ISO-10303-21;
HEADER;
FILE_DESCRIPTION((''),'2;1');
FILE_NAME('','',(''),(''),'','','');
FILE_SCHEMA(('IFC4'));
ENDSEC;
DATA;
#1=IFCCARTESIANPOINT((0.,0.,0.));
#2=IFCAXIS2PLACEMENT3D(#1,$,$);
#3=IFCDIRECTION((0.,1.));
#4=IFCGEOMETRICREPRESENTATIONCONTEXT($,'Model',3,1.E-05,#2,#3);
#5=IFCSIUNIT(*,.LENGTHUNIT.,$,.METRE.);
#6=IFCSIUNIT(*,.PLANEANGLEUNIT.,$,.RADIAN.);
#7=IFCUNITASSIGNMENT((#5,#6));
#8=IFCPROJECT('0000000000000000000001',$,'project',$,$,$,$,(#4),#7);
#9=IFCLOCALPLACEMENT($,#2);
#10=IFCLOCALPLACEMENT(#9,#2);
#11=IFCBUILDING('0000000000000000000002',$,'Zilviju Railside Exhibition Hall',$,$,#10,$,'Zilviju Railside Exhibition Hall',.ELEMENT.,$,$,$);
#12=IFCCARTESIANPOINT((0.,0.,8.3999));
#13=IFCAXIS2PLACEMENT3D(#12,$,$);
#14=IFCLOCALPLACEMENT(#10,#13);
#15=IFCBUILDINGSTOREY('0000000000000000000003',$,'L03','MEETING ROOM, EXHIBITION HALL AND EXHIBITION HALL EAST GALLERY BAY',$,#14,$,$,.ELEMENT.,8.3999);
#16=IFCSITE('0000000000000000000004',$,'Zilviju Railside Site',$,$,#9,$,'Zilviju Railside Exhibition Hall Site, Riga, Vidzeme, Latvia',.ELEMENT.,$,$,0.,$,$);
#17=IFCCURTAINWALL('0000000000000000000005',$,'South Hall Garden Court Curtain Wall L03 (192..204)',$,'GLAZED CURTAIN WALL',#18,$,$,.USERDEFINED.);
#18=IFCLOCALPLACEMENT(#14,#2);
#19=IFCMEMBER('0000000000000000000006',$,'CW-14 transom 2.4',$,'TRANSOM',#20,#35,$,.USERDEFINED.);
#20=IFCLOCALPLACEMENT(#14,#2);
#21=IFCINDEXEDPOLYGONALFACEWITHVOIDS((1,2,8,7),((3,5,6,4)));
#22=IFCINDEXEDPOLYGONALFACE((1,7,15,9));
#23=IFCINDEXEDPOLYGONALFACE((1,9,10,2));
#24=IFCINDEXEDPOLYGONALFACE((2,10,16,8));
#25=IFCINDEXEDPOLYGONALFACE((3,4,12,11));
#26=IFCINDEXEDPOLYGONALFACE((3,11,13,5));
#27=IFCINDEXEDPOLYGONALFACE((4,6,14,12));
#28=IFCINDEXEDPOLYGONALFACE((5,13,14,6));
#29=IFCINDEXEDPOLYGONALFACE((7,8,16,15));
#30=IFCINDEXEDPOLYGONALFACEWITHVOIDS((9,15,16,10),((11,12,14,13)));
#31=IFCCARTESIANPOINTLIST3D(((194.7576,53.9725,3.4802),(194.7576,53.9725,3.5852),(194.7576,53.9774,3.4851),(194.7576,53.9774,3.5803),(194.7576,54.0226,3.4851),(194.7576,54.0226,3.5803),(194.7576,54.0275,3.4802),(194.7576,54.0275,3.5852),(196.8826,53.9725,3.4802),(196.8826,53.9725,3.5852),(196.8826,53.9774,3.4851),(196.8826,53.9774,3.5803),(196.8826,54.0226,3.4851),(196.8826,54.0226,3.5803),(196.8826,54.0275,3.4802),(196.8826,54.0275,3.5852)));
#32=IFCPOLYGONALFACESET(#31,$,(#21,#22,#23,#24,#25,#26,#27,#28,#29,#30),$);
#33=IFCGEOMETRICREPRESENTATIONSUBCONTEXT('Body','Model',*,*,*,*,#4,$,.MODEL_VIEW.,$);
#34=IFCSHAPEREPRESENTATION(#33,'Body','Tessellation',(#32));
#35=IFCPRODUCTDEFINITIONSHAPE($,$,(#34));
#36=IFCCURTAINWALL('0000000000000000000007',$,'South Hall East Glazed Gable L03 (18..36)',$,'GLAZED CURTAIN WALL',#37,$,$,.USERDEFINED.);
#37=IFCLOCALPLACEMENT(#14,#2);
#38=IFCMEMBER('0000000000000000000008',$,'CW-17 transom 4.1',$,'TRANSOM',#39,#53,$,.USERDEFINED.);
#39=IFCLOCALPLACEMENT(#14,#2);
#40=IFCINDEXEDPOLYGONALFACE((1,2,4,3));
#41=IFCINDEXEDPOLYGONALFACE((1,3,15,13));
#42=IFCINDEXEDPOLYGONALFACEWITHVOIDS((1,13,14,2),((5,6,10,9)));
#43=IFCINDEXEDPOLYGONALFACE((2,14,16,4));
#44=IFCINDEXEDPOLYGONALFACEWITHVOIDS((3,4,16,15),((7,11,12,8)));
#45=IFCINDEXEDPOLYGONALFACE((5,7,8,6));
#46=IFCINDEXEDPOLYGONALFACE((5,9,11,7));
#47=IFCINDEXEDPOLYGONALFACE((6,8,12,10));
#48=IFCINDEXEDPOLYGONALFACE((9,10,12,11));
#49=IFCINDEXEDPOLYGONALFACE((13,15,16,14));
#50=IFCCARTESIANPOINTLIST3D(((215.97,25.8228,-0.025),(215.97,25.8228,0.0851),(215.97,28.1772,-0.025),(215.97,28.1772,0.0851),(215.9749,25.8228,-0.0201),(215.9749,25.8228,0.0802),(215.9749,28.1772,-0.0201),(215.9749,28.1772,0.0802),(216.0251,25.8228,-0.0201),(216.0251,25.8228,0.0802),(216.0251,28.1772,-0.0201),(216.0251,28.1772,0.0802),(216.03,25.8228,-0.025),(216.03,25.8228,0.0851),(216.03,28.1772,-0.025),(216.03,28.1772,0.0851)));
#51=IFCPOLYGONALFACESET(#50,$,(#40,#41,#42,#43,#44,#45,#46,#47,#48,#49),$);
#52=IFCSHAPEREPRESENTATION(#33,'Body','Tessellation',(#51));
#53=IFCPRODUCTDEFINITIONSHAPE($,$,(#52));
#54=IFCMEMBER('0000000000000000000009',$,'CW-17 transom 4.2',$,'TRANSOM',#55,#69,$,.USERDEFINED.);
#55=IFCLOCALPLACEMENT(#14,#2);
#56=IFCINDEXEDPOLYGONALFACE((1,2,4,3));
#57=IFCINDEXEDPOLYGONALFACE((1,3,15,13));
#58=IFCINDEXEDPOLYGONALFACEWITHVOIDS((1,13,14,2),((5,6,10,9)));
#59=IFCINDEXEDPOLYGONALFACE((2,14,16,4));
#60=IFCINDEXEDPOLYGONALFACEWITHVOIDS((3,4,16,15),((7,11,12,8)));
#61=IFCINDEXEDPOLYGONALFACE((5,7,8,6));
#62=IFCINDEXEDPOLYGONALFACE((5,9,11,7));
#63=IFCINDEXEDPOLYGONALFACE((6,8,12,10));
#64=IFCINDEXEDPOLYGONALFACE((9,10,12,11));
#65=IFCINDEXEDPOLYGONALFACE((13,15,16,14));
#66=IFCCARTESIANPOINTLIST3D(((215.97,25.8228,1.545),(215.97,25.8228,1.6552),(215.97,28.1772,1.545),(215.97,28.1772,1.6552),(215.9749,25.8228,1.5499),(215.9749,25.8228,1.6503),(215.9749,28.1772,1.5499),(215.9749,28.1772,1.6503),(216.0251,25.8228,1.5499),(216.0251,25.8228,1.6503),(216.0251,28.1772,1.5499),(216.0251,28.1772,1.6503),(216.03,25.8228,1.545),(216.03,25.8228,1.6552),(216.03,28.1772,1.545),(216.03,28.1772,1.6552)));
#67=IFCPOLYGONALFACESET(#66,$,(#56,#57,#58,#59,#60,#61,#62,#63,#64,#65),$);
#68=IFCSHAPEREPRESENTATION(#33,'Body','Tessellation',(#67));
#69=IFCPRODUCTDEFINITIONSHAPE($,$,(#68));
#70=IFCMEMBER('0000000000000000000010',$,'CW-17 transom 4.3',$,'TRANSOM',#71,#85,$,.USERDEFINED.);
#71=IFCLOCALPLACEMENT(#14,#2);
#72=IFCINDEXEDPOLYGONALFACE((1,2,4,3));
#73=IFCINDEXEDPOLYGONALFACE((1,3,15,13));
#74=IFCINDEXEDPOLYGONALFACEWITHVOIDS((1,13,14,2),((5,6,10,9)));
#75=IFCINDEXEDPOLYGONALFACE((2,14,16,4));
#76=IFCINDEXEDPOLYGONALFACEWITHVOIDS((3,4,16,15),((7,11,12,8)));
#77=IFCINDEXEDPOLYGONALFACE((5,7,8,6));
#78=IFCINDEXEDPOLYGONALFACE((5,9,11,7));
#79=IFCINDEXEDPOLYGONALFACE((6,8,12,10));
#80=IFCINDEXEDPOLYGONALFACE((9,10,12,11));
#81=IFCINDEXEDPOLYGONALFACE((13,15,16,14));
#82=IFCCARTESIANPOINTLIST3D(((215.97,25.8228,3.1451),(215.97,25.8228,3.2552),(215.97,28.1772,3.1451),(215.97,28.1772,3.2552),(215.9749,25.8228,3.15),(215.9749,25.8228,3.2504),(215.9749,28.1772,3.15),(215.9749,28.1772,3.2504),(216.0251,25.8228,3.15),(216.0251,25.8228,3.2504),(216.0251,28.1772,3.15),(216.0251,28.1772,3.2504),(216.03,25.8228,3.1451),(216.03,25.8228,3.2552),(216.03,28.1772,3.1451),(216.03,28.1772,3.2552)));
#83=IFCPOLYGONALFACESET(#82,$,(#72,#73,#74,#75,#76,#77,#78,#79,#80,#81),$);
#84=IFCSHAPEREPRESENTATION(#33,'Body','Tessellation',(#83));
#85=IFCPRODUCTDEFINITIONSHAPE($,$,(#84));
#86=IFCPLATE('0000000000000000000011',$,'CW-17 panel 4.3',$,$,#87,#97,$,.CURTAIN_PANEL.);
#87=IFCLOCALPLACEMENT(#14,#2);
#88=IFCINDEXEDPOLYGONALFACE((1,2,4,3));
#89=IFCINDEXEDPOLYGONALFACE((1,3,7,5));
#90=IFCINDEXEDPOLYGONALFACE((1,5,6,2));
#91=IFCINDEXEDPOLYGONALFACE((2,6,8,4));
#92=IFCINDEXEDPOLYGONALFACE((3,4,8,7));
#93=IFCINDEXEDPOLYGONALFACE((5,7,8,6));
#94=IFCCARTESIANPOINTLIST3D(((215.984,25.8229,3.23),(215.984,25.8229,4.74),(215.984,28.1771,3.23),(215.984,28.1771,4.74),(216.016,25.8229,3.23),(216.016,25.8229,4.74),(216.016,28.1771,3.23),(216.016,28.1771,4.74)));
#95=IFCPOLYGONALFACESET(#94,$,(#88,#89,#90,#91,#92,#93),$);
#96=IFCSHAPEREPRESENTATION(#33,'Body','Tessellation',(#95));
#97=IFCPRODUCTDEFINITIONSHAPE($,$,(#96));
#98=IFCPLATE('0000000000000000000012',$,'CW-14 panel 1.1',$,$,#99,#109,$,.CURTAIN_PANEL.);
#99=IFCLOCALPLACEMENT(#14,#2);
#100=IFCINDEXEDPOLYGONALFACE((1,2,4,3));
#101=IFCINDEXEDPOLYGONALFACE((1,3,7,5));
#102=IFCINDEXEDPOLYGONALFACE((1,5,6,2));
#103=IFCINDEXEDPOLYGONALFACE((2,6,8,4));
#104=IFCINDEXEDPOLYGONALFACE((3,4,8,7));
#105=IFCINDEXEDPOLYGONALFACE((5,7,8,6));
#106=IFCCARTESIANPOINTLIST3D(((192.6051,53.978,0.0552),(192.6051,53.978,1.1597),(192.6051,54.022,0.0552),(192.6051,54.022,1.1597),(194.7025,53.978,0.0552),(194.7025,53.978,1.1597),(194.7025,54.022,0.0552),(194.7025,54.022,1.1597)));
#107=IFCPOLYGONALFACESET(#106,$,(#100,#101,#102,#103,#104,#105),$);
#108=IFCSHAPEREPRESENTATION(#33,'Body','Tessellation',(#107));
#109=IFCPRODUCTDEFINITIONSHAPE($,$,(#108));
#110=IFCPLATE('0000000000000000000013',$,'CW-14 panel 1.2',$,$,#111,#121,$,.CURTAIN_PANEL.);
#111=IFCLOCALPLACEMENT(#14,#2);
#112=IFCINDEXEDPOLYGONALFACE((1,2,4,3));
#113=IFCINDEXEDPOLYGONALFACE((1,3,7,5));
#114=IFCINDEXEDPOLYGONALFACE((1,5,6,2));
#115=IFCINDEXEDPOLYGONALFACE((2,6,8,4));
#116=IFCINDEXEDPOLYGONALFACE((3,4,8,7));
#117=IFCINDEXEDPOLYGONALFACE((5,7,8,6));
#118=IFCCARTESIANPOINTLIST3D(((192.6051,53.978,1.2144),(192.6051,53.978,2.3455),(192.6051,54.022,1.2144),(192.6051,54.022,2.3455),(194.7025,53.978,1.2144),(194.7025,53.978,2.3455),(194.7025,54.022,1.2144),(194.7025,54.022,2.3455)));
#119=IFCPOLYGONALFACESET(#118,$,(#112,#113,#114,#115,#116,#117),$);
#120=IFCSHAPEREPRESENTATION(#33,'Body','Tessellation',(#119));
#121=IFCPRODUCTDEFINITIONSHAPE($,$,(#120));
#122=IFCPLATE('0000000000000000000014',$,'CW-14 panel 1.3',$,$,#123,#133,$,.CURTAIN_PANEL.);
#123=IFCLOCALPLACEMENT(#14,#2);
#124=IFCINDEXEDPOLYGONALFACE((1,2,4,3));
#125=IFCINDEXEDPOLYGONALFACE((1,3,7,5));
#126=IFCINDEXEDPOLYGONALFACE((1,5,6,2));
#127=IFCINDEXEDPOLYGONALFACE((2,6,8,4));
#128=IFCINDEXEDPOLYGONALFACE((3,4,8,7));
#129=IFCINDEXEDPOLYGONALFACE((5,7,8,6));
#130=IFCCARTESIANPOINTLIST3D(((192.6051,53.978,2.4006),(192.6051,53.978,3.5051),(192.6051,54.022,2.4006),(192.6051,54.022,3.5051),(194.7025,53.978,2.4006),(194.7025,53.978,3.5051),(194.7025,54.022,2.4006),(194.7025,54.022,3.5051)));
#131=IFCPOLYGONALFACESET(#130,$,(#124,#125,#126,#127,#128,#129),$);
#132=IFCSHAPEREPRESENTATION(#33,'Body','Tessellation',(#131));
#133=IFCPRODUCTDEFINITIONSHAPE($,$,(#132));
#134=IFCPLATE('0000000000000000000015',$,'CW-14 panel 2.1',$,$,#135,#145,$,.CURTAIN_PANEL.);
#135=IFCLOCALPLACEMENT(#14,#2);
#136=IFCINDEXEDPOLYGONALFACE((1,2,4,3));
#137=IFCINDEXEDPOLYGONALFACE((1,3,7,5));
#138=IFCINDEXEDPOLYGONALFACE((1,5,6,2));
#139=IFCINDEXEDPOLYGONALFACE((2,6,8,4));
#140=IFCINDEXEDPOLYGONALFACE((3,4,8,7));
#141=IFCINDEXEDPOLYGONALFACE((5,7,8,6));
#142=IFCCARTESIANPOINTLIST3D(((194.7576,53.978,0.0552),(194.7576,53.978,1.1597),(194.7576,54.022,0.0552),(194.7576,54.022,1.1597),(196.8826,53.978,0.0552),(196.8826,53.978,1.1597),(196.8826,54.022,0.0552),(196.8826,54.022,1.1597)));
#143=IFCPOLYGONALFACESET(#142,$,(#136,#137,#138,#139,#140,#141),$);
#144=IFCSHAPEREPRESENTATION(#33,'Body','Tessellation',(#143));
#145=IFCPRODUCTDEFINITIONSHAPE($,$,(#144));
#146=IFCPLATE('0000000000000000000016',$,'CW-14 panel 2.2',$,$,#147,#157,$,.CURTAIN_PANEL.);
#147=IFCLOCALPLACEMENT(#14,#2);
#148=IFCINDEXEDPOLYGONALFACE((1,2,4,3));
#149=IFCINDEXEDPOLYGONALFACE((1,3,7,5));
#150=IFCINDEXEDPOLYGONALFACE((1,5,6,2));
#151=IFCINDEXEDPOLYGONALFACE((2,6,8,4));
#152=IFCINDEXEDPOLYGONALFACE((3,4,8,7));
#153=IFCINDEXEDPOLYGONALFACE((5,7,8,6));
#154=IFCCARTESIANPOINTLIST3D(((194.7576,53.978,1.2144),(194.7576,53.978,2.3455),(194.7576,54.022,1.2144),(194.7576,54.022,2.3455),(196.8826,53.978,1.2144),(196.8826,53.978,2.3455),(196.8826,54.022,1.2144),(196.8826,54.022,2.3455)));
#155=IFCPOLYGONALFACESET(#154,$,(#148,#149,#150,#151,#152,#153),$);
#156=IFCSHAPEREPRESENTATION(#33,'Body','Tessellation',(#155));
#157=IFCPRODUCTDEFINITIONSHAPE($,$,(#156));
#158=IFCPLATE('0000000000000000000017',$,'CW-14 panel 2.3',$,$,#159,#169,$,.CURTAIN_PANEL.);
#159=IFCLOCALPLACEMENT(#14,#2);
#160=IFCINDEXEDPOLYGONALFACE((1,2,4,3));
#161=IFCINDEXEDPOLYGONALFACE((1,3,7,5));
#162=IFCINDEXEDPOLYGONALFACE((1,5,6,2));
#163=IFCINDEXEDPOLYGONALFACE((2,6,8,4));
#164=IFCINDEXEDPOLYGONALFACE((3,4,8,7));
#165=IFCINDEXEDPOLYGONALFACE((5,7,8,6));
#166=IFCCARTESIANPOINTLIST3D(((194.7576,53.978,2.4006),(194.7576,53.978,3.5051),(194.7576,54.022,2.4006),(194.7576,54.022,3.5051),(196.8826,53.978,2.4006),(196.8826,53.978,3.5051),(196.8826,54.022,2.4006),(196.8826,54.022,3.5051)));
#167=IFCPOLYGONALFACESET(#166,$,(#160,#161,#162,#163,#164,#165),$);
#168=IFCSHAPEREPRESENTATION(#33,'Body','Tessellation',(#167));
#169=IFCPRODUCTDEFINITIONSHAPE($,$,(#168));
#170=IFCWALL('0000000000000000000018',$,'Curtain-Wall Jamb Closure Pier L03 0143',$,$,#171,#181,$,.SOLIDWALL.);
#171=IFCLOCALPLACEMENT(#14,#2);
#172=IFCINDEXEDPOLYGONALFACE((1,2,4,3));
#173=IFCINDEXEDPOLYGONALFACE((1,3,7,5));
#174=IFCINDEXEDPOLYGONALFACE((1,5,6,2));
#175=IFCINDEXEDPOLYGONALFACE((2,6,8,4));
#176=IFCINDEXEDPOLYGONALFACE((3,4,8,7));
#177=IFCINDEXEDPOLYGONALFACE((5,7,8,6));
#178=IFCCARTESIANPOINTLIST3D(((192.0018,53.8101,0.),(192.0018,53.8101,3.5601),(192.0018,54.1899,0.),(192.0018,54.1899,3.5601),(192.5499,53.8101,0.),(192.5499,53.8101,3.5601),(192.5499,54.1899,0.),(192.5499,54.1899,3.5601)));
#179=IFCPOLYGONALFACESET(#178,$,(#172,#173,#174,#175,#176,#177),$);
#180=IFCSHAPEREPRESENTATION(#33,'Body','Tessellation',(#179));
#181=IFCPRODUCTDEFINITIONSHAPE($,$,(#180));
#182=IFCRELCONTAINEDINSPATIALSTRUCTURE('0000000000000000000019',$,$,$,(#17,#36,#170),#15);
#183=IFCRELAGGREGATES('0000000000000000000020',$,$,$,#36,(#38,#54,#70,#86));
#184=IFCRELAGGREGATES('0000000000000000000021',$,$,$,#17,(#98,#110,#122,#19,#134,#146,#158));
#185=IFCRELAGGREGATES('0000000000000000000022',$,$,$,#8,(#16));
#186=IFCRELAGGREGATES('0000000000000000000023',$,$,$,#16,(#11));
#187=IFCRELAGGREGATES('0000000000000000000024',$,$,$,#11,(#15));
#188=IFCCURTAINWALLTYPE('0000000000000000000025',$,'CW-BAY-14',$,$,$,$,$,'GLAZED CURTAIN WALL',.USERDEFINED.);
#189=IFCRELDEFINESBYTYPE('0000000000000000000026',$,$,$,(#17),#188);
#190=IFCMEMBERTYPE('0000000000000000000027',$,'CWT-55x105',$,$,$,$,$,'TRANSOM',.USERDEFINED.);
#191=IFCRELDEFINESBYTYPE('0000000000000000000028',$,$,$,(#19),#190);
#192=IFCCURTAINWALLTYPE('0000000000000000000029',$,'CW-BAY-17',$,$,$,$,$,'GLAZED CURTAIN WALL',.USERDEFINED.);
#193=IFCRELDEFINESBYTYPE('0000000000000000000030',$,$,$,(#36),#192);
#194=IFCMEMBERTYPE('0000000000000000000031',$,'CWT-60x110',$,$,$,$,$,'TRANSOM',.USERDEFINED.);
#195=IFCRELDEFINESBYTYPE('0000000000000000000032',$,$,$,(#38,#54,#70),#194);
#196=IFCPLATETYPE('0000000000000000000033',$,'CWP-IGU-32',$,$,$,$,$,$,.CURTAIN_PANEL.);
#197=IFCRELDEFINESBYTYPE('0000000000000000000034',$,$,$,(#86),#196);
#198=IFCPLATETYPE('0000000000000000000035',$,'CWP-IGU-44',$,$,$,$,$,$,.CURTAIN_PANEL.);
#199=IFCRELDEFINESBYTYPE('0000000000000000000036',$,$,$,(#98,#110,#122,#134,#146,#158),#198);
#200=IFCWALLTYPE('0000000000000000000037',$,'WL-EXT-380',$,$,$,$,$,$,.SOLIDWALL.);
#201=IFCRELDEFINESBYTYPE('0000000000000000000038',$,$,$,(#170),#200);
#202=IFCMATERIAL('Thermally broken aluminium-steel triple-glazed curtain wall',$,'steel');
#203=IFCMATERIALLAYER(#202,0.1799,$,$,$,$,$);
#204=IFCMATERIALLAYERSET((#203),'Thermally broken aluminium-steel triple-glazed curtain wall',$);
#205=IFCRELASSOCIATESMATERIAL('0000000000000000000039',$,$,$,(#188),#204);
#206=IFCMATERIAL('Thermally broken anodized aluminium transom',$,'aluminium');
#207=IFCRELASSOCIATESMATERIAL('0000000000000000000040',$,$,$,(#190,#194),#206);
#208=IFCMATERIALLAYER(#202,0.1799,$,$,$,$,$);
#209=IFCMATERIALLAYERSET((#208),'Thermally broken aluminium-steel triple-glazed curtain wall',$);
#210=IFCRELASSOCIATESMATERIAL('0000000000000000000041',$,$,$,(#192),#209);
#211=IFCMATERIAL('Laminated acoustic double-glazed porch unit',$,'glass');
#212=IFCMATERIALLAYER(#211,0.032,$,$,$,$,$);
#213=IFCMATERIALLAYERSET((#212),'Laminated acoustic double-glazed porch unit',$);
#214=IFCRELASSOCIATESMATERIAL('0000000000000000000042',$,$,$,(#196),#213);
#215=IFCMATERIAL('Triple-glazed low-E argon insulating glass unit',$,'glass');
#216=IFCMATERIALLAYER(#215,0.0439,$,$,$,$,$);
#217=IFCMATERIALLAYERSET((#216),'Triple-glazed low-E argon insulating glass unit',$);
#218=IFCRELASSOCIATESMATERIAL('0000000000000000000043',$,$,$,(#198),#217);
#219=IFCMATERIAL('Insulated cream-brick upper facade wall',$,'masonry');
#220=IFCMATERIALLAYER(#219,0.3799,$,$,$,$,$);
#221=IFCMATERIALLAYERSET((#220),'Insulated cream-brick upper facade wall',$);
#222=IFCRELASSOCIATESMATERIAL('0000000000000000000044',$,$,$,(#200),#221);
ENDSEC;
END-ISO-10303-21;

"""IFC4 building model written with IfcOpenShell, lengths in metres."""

from ifc_helpers import new_model, si_unit, direction, frame, frame_2d, origin, origin_2d, place, context, subcontext, project, spatial, rectangle, hollow_rectangle, extrude, material, layer, layer_set, material_profile, profile_set, type_object, element, aggregate, save


model = new_model("IFC4")

# Units and contexts
model_context = context("Model", 3, precision=1e-05, world=origin(), true_north=direction((0.0, 1.0)))
body_context = subcontext(model_context, "Body", "Model", "MODEL_VIEW")
ifc_project = project(units=[si_unit("LENGTHUNIT", "METRE"), si_unit("PLANEANGLEUNIT", "RADIAN")], contexts=[model_context])

# Site, building, storey
site_placement = place(None, origin())
site = spatial("IfcSite", under=ifc_project, at=site_placement, Name="Zilviju Railside Site", LongName="Zilviju Railside Exhibition Hall Site, Riga, Vidzeme, Latvia", CompositionType="ELEMENT", RefElevation=0.0)
building_placement = place(site_placement, origin())
building = spatial("IfcBuilding", under=site, at=building_placement, Name="Zilviju Railside Exhibition Hall", LongName="Zilviju Railside Exhibition Hall", CompositionType="ELEMENT")
storey_placement = place(building_placement, frame((0.0, 0.0, 8.3999)))
storey = spatial("IfcBuildingStorey", under=building, at=storey_placement, Name="L03", Description="MEETING ROOM, EXHIBITION HALL AND EXHIBITION HALL EAST GALLERY BAY", CompositionType="ELEMENT", Elevation=8.3999)

# Curtain wall, member
ifc_material_1 = material(Name="Thermally broken aluminium-steel triple-glazed curtain wall", Category="steel")
ifc_layer_1 = layer(ifc_material_1, 0.1799)
ifc_layer_set_1 = layer_set([ifc_layer_1], Name="Thermally broken aluminium-steel triple-glazed curtain wall")
curtain_wall_type_1 = type_object("IfcCurtainWallType", Name="CW-BAY-14", ElementType="GLAZED CURTAIN WALL", PredefinedType="USERDEFINED", material=ifc_layer_set_1)
curtain_wall_1_placement = place(storey_placement, origin())
curtain_wall_1 = element("IfcCurtainWall", 1, at=curtain_wall_1_placement, inside=storey, type_object=curtain_wall_type_1, Name="South Hall Garden Court Curtain Wall L03 (192..204)", ObjectType="GLAZED CURTAIN WALL", PredefinedType="USERDEFINED")
ifc_material_2 = material(Name="Thermally broken anodized aluminium transom", Category="aluminium")
ifc_material_profile_1 = material_profile(ifc_material_2, hollow_rectangle(XDim=0.0549, YDim=0.105, WallThickness=0.0049, at=origin_2d()), Name="TRANSOM 105x55x5")
ifc_profile_set_1 = profile_set([ifc_material_profile_1], Name="Thermally broken anodized aluminium transom")
member_type_1 = type_object("IfcMemberType", Name="CWT-55x105", ElementType="TRANSOM", PredefinedType="USERDEFINED", material=ifc_profile_set_1)
member_1_placement = place(storey_placement, frame((194.7576, 54.0, 3.5327), z_axis=(1.0, 0.0, 0.0), x_axis=(0.0, 1.0, 0.0)))
member_1 = element("IfcMember", 2, at=member_1_placement, type_object=member_type_1, Name="CW-14 transom 2.4", ObjectType="TRANSOM", PredefinedType="USERDEFINED", context=body_context, shape_type="SweptSolid", body=[
    extrude(hollow_rectangle(XDim=0.0549, YDim=0.105, WallThickness=0.0049, at=origin_2d()), origin(), (0.0, 0.0, 1.0), 2.125),
])

# Curtain wall, members, plate
ifc_layer_2 = layer(ifc_material_1, 0.1799)
ifc_layer_set_2 = layer_set([ifc_layer_2], Name="Thermally broken aluminium-steel triple-glazed curtain wall")
curtain_wall_type_2 = type_object("IfcCurtainWallType", Name="CW-BAY-17", ElementType="GLAZED CURTAIN WALL", PredefinedType="USERDEFINED", material=ifc_layer_set_2)
curtain_wall_2_placement = place(storey_placement, origin())
curtain_wall_2 = element("IfcCurtainWall", 3, at=curtain_wall_2_placement, inside=storey, type_object=curtain_wall_type_2, Name="South Hall East Glazed Gable L03 (18..36)", ObjectType="GLAZED CURTAIN WALL", PredefinedType="USERDEFINED")
ifc_material_profile_2 = material_profile(ifc_material_2, hollow_rectangle(XDim=0.0601, YDim=0.1101, WallThickness=0.0049, at=origin_2d()), Name="TRANSOM 110x60x5")
ifc_profile_set_2 = profile_set([ifc_material_profile_2], Name="Thermally broken anodized aluminium transom")
member_type_2 = type_object("IfcMemberType", Name="CWT-60x110", ElementType="TRANSOM", PredefinedType="USERDEFINED", material=ifc_profile_set_2)
member_2_placement = place(storey_placement, frame((216.0, 28.1772, 0.03), z_axis=(0.0, -1.0, 0.0), x_axis=(1.0, 0.0, 0.0)))
member_2 = element("IfcMember", 4, at=member_2_placement, type_object=member_type_2, Name="CW-17 transom 4.1", ObjectType="TRANSOM", PredefinedType="USERDEFINED", context=body_context, shape_type="SweptSolid", body=[
    extrude(hollow_rectangle(XDim=0.0601, YDim=0.1101, WallThickness=0.0049, at=origin_2d()), origin(), (0.0, 0.0, 1.0), 2.3545),
])
member_3_placement = place(storey_placement, frame((216.0, 28.1772, 1.6001), z_axis=(0.0, -1.0, 0.0), x_axis=(1.0, 0.0, 0.0)))
member_3 = element("IfcMember", 5, at=member_3_placement, type_object=member_type_2, Name="CW-17 transom 4.2", ObjectType="TRANSOM", PredefinedType="USERDEFINED", context=body_context, shape_type="SweptSolid", body=[
    extrude(hollow_rectangle(XDim=0.0601, YDim=0.1101, WallThickness=0.0049, at=origin_2d()), origin(), (0.0, 0.0, 1.0), 2.3545),
])
member_4_placement = place(storey_placement, frame((216.0, 28.1772, 3.2002), z_axis=(0.0, -1.0, 0.0), x_axis=(1.0, 0.0, 0.0)))
member_4 = element("IfcMember", 6, at=member_4_placement, type_object=member_type_2, Name="CW-17 transom 4.3", ObjectType="TRANSOM", PredefinedType="USERDEFINED", context=body_context, shape_type="SweptSolid", body=[
    extrude(hollow_rectangle(XDim=0.0601, YDim=0.1101, WallThickness=0.0049, at=origin_2d()), origin(), (0.0, 0.0, 1.0), 2.3545),
])
ifc_material_3 = material(Name="Laminated acoustic double-glazed porch unit", Category="glass")
ifc_layer_3 = layer(ifc_material_3, 0.032)
ifc_layer_set_3 = layer_set([ifc_layer_3], Name="Laminated acoustic double-glazed porch unit")
plate_type_1 = type_object("IfcPlateType", Name="CWP-IGU-32", PredefinedType="CURTAIN_PANEL", material=ifc_layer_set_3)
plate_1_placement = place(storey_placement, frame((216.0, 27.0, 3.23), z_axis=(0.0, 0.0, 1.0), x_axis=(0.0, -1.0, 0.0)))
plate_1 = element("IfcPlate", 7, at=plate_1_placement, type_object=plate_type_1, Name="CW-17 panel 4.3", PredefinedType="CURTAIN_PANEL", context=body_context, shape_type="SweptSolid", body=[
    extrude(rectangle(XDim=2.3542, YDim=0.032, at=origin_2d()), origin(), (0.0, 0.0, 1.0), 1.51),
])
aggregate(curtain_wall_2, [member_2, member_3, member_4, plate_1])

# Plates
ifc_material_4 = material(Name="Triple-glazed low-E argon insulating glass unit", Category="glass")
ifc_layer_4 = layer(ifc_material_4, 0.0439)
ifc_layer_set_4 = layer_set([ifc_layer_4], Name="Triple-glazed low-E argon insulating glass unit")
plate_type_2 = type_object("IfcPlateType", Name="CWP-IGU-44", PredefinedType="CURTAIN_PANEL", material=ifc_layer_set_4)
plate_2_placement = place(storey_placement, frame((193.6538, 54.0, 0.0552), z_axis=(0.0, 0.0, 1.0), x_axis=(1.0, 0.0, 0.0)))
plate_2 = element("IfcPlate", 8, at=plate_2_placement, type_object=plate_type_2, Name="CW-14 panel 1.1", PredefinedType="CURTAIN_PANEL", context=body_context, shape_type="SweptSolid", body=[
    extrude(rectangle(XDim=2.0974, YDim=0.0439, at=origin_2d()), origin(), (0.0, 0.0, 1.0), 1.1045),
])
plate_3_placement = place(storey_placement, frame((193.6538, 54.0, 1.2144), z_axis=(0.0, 0.0, 1.0), x_axis=(1.0, 0.0, 0.0)))
plate_3 = element("IfcPlate", 9, at=plate_3_placement, type_object=plate_type_2, Name="CW-14 panel 1.2", PredefinedType="CURTAIN_PANEL", context=body_context, shape_type="SweptSolid", body=[
    extrude(rectangle(XDim=2.0974, YDim=0.0439, at=origin_2d()), origin(), (0.0, 0.0, 1.0), 1.1311),
])
plate_4_placement = place(storey_placement, frame((193.6538, 54.0, 2.4006), z_axis=(0.0, 0.0, 1.0), x_axis=(1.0, 0.0, 0.0)))
plate_4 = element("IfcPlate", 10, at=plate_4_placement, type_object=plate_type_2, Name="CW-14 panel 1.3", PredefinedType="CURTAIN_PANEL", context=body_context, shape_type="SweptSolid", body=[
    extrude(rectangle(XDim=2.0974, YDim=0.0439, at=origin_2d()), origin(), (0.0, 0.0, 1.0), 1.1045),
])
plate_5_placement = place(storey_placement, frame((195.8201, 54.0, 0.0552), z_axis=(0.0, 0.0, 1.0), x_axis=(1.0, 0.0, 0.0)))
plate_5 = element("IfcPlate", 11, at=plate_5_placement, type_object=plate_type_2, Name="CW-14 panel 2.1", PredefinedType="CURTAIN_PANEL", context=body_context, shape_type="SweptSolid", body=[
    extrude(rectangle(XDim=2.125, YDim=0.0439, at=origin_2d()), origin(), (0.0, 0.0, 1.0), 1.1045),
])
plate_6_placement = place(storey_placement, frame((195.8201, 54.0, 1.2144), z_axis=(0.0, 0.0, 1.0), x_axis=(1.0, 0.0, 0.0)))
plate_6 = element("IfcPlate", 12, at=plate_6_placement, type_object=plate_type_2, Name="CW-14 panel 2.2", PredefinedType="CURTAIN_PANEL", context=body_context, shape_type="SweptSolid", body=[
    extrude(rectangle(XDim=2.125, YDim=0.0439, at=origin_2d()), origin(), (0.0, 0.0, 1.0), 1.1311),
])
plate_7_placement = place(storey_placement, frame((195.8201, 54.0, 2.4006), z_axis=(0.0, 0.0, 1.0), x_axis=(1.0, 0.0, 0.0)))
plate_7 = element("IfcPlate", 13, at=plate_7_placement, type_object=plate_type_2, Name="CW-14 panel 2.3", PredefinedType="CURTAIN_PANEL", context=body_context, shape_type="SweptSolid", body=[
    extrude(rectangle(XDim=2.125, YDim=0.0439, at=origin_2d()), origin(), (0.0, 0.0, 1.0), 1.1045),
])
aggregate(curtain_wall_1, [plate_2, plate_3, plate_4, member_1, plate_5, plate_6, plate_7])

# Wall
ifc_material_5 = material(Name="Insulated cream-brick upper facade wall", Category="masonry")
ifc_layer_5 = layer(ifc_material_5, 0.3799)
ifc_layer_set_5 = layer_set([ifc_layer_5], Name="Insulated cream-brick upper facade wall")
wall_type = type_object("IfcWallType", Name="WL-EXT-380", PredefinedType="SOLIDWALL", material=ifc_layer_set_5)
wall_placement = place(storey_placement, frame((192.002, 54.0, 0.0), z_axis=(0.0, 0.0, 1.0), x_axis=(1.0, 0.0, 0.0)))
element("IfcWall", 14, at=wall_placement, inside=storey, type_object=wall_type, Name="Curtain-Wall Jamb Closure Pier L03 0143", PredefinedType="SOLIDWALL", context=body_context, shape_type="SweptSolid", body=[
    extrude(rectangle(XDim=0.5481, YDim=0.3799, at=frame_2d((0.2739, 0.0))), origin(), (0.0, 0.0, 1.0), 3.5601),
])

save(model, "model.ifc")
